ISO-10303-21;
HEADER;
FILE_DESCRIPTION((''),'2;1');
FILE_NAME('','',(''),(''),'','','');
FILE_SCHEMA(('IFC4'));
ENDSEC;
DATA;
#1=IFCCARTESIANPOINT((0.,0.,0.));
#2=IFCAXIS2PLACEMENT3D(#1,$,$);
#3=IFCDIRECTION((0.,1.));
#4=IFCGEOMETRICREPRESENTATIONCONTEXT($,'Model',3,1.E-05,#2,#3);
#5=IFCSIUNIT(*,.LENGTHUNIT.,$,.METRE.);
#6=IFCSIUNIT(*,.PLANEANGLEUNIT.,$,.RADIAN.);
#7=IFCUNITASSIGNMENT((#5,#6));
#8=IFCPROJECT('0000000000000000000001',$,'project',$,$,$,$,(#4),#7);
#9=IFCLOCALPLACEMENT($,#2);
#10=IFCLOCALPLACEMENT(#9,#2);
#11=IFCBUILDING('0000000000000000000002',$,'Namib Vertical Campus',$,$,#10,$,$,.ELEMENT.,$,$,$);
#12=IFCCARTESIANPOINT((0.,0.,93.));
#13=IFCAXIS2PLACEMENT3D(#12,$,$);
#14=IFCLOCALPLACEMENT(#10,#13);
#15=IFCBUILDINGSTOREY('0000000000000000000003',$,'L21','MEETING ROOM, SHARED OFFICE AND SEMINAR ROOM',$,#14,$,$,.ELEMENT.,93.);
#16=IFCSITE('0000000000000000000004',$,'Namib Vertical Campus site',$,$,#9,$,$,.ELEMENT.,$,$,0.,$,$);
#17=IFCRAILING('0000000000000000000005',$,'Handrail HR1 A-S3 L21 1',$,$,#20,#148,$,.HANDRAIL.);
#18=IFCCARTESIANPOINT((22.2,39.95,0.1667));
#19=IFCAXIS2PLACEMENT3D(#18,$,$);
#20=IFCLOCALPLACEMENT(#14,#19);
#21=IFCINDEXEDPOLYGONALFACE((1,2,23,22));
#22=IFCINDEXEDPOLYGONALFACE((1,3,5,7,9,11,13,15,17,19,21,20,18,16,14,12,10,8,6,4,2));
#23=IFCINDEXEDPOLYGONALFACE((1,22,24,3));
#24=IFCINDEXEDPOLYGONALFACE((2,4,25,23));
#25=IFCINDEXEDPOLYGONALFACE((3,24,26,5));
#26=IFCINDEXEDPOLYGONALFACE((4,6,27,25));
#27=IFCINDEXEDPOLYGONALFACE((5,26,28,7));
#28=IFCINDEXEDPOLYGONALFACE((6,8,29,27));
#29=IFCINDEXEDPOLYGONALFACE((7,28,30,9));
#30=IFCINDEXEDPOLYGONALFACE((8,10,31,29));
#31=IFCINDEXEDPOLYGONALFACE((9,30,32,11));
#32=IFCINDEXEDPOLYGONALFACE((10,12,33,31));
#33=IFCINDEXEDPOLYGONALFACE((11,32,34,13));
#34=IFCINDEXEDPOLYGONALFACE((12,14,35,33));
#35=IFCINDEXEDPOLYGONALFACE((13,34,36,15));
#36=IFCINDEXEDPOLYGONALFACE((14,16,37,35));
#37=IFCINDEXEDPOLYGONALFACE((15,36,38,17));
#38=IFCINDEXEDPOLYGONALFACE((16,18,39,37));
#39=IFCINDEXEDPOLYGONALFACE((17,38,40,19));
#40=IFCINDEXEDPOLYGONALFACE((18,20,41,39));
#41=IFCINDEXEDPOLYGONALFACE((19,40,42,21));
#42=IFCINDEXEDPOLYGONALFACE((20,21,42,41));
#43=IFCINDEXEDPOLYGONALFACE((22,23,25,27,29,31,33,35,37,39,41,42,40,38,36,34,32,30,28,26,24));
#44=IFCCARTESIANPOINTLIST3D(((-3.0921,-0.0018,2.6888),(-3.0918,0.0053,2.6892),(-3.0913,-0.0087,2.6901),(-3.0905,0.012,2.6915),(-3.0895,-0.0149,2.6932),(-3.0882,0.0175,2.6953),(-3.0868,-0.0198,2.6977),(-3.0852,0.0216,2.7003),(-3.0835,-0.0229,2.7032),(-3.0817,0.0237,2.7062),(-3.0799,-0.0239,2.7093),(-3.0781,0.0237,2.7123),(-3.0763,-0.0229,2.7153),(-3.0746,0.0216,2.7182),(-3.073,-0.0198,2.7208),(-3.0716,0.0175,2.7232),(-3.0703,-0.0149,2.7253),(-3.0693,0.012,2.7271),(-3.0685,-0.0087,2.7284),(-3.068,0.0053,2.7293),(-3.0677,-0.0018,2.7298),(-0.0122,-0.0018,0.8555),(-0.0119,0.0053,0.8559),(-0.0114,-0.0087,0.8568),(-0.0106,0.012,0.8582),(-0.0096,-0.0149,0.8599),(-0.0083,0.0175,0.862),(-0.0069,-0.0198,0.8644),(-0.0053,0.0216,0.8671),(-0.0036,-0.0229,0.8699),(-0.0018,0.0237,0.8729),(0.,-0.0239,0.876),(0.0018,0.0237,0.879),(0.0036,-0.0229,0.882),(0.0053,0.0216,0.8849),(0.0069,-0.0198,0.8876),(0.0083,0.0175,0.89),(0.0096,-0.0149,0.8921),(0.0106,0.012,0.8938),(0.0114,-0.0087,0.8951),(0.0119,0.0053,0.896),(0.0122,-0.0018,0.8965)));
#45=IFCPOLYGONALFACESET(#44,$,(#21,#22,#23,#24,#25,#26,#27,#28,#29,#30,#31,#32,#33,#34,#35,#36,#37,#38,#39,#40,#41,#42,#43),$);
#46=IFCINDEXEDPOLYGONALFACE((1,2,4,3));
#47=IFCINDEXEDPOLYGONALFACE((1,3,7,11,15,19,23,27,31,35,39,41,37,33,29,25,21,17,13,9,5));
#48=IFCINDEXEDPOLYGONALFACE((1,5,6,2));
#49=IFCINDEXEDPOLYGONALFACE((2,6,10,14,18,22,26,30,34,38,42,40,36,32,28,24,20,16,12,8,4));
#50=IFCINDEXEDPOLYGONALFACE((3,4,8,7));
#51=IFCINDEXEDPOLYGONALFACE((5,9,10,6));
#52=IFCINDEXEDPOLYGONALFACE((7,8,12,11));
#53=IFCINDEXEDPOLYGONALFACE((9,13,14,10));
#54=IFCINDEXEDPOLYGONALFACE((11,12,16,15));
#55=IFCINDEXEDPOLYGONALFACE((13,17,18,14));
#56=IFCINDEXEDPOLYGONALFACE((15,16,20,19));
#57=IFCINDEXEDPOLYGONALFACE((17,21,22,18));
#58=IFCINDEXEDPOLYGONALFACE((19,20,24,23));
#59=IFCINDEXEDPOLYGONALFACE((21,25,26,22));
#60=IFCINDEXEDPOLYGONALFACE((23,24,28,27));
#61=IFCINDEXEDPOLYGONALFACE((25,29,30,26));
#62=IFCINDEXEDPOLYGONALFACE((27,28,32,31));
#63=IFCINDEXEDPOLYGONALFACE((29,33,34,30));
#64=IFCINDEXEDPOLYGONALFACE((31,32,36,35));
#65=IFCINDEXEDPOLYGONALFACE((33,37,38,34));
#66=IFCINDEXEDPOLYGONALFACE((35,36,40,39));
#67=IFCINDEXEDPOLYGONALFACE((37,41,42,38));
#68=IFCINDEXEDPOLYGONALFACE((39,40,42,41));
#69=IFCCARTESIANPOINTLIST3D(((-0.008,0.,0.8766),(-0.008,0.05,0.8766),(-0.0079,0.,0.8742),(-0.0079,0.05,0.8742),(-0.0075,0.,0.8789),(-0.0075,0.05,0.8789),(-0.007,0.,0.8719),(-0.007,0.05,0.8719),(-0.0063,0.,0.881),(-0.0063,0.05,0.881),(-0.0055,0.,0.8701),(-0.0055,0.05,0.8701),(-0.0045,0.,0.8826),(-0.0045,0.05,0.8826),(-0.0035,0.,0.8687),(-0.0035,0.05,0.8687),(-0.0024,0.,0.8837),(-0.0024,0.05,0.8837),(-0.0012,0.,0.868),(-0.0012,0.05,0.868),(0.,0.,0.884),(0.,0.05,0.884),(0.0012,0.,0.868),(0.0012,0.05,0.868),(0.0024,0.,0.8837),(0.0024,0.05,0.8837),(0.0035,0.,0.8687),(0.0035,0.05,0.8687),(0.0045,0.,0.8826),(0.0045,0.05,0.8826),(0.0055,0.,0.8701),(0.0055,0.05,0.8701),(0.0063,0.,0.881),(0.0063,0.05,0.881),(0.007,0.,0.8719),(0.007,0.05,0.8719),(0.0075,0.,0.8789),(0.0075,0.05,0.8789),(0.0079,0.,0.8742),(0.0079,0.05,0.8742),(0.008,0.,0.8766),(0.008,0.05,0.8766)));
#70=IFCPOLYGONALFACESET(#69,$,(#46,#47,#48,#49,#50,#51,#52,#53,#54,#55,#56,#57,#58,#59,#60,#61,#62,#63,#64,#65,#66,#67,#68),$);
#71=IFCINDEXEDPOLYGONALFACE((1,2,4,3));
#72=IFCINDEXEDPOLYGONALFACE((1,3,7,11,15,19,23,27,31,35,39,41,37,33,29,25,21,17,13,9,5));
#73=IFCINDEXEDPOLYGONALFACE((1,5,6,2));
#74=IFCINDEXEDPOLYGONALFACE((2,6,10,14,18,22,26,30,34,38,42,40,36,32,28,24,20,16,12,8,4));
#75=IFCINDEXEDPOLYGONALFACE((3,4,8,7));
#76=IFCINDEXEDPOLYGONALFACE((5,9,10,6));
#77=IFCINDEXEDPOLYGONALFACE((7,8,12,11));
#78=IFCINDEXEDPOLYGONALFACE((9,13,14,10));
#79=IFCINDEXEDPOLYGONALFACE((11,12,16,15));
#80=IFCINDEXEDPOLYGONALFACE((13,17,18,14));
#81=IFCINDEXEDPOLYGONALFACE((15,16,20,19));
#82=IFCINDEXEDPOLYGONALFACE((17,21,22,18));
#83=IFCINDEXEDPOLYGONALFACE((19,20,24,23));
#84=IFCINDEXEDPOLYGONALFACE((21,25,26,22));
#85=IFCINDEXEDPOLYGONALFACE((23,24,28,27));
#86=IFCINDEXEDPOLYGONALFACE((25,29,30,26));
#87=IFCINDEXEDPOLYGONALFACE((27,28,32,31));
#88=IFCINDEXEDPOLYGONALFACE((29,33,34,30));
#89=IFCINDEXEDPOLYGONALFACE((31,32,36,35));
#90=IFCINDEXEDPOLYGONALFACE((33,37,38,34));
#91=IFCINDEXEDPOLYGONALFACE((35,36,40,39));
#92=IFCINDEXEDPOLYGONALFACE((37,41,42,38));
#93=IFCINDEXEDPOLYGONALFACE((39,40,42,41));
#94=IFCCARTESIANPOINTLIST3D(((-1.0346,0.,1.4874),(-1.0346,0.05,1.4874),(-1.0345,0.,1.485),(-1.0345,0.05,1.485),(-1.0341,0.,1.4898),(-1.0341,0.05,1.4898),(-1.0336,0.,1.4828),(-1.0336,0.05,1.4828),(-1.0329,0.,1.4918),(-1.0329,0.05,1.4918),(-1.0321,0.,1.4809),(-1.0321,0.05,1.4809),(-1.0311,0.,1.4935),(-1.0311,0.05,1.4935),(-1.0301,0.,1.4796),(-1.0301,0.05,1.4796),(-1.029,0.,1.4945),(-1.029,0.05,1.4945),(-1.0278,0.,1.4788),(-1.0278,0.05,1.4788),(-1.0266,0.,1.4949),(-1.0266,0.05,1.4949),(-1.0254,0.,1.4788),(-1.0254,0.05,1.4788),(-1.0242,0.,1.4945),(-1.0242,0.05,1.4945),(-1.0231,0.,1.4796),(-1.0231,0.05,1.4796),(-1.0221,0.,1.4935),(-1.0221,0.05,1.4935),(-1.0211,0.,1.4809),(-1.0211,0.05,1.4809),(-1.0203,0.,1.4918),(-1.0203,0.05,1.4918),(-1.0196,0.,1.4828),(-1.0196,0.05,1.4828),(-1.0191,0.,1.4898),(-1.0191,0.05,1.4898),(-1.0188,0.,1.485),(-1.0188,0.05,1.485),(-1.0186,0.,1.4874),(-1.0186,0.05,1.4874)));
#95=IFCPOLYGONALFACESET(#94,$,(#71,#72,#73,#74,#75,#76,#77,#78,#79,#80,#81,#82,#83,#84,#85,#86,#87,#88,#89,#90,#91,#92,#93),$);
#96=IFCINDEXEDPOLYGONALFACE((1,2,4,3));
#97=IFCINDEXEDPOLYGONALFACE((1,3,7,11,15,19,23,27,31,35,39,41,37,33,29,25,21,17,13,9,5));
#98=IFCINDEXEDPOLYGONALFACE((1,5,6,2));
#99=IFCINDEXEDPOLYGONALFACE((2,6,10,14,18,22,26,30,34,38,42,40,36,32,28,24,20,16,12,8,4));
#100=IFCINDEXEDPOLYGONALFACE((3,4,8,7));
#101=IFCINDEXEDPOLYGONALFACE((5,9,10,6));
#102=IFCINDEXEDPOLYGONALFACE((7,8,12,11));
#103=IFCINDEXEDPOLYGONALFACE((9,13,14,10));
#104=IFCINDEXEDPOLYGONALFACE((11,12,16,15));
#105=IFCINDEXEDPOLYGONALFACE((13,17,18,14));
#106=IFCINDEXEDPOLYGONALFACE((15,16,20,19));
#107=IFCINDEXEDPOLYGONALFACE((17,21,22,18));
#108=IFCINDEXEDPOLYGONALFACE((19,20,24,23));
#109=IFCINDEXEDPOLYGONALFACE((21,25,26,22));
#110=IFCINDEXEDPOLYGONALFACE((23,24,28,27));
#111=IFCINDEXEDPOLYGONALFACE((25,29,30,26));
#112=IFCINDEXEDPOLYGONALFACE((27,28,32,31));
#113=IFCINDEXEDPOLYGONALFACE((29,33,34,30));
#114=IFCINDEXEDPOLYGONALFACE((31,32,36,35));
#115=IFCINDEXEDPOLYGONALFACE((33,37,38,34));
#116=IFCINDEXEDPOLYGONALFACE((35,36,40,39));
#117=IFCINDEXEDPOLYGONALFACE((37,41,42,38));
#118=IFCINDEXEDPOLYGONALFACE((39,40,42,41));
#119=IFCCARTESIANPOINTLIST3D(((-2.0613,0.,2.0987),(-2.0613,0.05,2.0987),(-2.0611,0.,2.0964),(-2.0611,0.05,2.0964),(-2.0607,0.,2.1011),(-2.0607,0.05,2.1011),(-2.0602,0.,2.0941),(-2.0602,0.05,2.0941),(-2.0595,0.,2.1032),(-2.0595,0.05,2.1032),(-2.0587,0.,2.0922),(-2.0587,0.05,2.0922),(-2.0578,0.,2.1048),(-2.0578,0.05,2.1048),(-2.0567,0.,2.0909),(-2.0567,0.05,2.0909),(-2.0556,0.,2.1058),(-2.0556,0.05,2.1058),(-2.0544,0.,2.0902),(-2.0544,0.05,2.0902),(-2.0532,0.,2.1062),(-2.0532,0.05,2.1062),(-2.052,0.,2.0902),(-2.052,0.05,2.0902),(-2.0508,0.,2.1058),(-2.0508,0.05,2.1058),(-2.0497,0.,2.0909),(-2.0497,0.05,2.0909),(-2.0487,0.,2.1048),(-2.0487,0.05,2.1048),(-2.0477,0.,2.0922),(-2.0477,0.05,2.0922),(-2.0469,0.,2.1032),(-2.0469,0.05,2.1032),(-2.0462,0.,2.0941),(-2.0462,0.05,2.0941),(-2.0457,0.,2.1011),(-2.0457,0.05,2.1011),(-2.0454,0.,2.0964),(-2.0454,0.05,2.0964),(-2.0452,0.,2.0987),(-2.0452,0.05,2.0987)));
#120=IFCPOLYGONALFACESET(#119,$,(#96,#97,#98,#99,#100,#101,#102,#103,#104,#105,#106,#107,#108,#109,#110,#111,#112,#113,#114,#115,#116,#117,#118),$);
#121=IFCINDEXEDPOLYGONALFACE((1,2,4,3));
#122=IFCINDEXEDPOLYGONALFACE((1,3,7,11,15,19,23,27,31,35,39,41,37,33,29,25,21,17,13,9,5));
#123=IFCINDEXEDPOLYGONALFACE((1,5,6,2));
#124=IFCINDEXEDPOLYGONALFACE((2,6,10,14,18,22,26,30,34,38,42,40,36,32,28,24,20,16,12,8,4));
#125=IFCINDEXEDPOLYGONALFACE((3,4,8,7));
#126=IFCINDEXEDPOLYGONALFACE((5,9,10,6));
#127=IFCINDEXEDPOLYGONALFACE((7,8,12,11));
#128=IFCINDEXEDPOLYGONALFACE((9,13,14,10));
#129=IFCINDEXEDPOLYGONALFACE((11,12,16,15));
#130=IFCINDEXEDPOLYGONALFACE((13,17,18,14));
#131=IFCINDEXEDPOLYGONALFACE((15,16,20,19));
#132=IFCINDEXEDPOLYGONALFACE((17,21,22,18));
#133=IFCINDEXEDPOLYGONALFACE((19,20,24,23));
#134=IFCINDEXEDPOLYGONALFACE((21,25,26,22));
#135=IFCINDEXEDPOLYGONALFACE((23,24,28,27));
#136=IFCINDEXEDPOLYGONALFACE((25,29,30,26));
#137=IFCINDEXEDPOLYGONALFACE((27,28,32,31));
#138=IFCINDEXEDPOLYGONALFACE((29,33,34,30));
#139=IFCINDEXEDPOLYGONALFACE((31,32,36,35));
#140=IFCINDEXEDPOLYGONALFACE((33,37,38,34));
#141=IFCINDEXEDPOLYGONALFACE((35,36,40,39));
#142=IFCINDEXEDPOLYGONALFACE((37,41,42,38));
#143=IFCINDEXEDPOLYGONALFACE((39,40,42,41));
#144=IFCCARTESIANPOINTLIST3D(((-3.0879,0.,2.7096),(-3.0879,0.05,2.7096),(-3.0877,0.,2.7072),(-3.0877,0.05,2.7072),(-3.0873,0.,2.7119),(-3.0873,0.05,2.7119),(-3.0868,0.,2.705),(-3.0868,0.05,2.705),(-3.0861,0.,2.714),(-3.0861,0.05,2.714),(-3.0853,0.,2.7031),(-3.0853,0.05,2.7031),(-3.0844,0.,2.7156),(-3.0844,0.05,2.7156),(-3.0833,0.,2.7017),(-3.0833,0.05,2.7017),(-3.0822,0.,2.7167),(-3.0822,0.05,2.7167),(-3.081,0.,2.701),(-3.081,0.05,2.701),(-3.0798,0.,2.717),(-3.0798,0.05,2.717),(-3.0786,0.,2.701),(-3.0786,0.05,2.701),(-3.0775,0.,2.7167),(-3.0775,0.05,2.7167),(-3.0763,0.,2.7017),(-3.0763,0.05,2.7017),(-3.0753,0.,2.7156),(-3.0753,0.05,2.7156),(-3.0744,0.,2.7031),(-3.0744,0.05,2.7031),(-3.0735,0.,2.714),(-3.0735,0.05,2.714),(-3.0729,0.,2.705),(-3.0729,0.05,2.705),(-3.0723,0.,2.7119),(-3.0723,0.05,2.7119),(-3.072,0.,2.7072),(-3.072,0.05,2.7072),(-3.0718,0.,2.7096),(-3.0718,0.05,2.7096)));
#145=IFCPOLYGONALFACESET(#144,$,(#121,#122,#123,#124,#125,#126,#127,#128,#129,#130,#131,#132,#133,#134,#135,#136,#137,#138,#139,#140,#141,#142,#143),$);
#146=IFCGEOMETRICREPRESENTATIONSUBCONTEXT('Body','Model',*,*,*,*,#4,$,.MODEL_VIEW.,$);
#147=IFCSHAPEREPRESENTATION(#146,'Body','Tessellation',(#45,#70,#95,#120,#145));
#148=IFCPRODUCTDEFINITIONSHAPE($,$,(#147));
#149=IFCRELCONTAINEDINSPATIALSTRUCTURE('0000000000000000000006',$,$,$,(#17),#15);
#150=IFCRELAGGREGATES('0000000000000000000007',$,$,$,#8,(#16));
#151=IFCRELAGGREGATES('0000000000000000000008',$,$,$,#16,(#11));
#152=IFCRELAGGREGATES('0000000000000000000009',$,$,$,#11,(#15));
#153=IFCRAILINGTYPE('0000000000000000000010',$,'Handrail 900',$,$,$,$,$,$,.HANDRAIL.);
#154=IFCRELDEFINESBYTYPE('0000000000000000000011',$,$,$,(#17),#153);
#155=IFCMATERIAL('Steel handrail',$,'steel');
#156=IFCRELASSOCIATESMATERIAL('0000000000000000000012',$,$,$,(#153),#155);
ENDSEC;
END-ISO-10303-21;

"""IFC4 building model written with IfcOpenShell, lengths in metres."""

from ifc_helpers import new_model, si_unit, direction, frame, origin, origin_2d, place, context, subcontext, project, spatial, circle, extrude, material, type_object, element, save


model = new_model("IFC4")

# Units and contexts
model_context = context("Model", 3, precision=1e-05, world=origin(), true_north=direction((0.0, 1.0)))
body_context = subcontext(model_context, "Body", "Model", "MODEL_VIEW")
ifc_project = project(units=[si_unit("LENGTHUNIT", "METRE"), si_unit("PLANEANGLEUNIT", "RADIAN")], contexts=[model_context])

# Site, building, storey
site_placement = place(None, origin())
site = spatial("IfcSite", under=ifc_project, at=site_placement, Name="Namib Vertical Campus site", CompositionType="ELEMENT", RefElevation=0.0)
building_placement = place(site_placement, origin())
building = spatial("IfcBuilding", under=site, at=building_placement, Name="Namib Vertical Campus", CompositionType="ELEMENT")
storey_placement = place(building_placement, frame((0.0, 0.0, 93.0)))
storey = spatial("IfcBuildingStorey", under=building, at=storey_placement, Name="L21", Description="MEETING ROOM, SHARED OFFICE AND SEMINAR ROOM", CompositionType="ELEMENT", Elevation=93.0)

# Railing
ifc_material_1 = material(Name="Steel handrail", Category="steel")
railing_type_1 = type_object("IfcRailingType", Name="Handrail 900", PredefinedType="HANDRAIL", material=ifc_material_1)
railing_1_placement = place(storey_placement, frame((22.2, 39.95, 0.1667)))
element("IfcRailing", 1, at=railing_1_placement, inside=storey, type_object=railing_type_1, Name="Handrail HR1 A-S3 L21 1", PredefinedType="HANDRAIL", context=body_context, shape_type="SweptSolid", body=[
    extrude(circle(Radius=0.0239, at=origin_2d()), frame((0.0, 0.0, 0.876), z_axis=(-0.859291, 0.0, 0.511487), x_axis=(0.0, -1.0, 0.0)), (0.0, 0.0, 1.0), 3.5842),
    extrude(circle(Radius=0.0081, at=origin_2d()), frame((0.0, 0.0, 0.876), z_axis=(0.0, 1.0, 0.0), x_axis=(0.0, 0.0, 1.0)), (0.0, 0.0, 1.0), 0.05),
    extrude(circle(Radius=0.0081, at=origin_2d()), frame((-1.0266, 0.0, 1.4868), z_axis=(0.0, 1.0, 0.0), x_axis=(0.0, 0.0, 1.0)), (0.0, 0.0, 1.0), 0.05),
    extrude(circle(Radius=0.0081, at=origin_2d()), frame((-2.0532, 0.0, 2.0981), z_axis=(0.0, 1.0, 0.0), x_axis=(0.0, 0.0, 1.0)), (0.0, 0.0, 1.0), 0.05),
    extrude(circle(Radius=0.0081, at=origin_2d()), frame((-3.0798, 0.0, 2.709), z_axis=(0.0, 1.0, 0.0), x_axis=(0.0, 0.0, 1.0)), (0.0, 0.0, 1.0), 0.05),
])

save(model, "model.ifc")
